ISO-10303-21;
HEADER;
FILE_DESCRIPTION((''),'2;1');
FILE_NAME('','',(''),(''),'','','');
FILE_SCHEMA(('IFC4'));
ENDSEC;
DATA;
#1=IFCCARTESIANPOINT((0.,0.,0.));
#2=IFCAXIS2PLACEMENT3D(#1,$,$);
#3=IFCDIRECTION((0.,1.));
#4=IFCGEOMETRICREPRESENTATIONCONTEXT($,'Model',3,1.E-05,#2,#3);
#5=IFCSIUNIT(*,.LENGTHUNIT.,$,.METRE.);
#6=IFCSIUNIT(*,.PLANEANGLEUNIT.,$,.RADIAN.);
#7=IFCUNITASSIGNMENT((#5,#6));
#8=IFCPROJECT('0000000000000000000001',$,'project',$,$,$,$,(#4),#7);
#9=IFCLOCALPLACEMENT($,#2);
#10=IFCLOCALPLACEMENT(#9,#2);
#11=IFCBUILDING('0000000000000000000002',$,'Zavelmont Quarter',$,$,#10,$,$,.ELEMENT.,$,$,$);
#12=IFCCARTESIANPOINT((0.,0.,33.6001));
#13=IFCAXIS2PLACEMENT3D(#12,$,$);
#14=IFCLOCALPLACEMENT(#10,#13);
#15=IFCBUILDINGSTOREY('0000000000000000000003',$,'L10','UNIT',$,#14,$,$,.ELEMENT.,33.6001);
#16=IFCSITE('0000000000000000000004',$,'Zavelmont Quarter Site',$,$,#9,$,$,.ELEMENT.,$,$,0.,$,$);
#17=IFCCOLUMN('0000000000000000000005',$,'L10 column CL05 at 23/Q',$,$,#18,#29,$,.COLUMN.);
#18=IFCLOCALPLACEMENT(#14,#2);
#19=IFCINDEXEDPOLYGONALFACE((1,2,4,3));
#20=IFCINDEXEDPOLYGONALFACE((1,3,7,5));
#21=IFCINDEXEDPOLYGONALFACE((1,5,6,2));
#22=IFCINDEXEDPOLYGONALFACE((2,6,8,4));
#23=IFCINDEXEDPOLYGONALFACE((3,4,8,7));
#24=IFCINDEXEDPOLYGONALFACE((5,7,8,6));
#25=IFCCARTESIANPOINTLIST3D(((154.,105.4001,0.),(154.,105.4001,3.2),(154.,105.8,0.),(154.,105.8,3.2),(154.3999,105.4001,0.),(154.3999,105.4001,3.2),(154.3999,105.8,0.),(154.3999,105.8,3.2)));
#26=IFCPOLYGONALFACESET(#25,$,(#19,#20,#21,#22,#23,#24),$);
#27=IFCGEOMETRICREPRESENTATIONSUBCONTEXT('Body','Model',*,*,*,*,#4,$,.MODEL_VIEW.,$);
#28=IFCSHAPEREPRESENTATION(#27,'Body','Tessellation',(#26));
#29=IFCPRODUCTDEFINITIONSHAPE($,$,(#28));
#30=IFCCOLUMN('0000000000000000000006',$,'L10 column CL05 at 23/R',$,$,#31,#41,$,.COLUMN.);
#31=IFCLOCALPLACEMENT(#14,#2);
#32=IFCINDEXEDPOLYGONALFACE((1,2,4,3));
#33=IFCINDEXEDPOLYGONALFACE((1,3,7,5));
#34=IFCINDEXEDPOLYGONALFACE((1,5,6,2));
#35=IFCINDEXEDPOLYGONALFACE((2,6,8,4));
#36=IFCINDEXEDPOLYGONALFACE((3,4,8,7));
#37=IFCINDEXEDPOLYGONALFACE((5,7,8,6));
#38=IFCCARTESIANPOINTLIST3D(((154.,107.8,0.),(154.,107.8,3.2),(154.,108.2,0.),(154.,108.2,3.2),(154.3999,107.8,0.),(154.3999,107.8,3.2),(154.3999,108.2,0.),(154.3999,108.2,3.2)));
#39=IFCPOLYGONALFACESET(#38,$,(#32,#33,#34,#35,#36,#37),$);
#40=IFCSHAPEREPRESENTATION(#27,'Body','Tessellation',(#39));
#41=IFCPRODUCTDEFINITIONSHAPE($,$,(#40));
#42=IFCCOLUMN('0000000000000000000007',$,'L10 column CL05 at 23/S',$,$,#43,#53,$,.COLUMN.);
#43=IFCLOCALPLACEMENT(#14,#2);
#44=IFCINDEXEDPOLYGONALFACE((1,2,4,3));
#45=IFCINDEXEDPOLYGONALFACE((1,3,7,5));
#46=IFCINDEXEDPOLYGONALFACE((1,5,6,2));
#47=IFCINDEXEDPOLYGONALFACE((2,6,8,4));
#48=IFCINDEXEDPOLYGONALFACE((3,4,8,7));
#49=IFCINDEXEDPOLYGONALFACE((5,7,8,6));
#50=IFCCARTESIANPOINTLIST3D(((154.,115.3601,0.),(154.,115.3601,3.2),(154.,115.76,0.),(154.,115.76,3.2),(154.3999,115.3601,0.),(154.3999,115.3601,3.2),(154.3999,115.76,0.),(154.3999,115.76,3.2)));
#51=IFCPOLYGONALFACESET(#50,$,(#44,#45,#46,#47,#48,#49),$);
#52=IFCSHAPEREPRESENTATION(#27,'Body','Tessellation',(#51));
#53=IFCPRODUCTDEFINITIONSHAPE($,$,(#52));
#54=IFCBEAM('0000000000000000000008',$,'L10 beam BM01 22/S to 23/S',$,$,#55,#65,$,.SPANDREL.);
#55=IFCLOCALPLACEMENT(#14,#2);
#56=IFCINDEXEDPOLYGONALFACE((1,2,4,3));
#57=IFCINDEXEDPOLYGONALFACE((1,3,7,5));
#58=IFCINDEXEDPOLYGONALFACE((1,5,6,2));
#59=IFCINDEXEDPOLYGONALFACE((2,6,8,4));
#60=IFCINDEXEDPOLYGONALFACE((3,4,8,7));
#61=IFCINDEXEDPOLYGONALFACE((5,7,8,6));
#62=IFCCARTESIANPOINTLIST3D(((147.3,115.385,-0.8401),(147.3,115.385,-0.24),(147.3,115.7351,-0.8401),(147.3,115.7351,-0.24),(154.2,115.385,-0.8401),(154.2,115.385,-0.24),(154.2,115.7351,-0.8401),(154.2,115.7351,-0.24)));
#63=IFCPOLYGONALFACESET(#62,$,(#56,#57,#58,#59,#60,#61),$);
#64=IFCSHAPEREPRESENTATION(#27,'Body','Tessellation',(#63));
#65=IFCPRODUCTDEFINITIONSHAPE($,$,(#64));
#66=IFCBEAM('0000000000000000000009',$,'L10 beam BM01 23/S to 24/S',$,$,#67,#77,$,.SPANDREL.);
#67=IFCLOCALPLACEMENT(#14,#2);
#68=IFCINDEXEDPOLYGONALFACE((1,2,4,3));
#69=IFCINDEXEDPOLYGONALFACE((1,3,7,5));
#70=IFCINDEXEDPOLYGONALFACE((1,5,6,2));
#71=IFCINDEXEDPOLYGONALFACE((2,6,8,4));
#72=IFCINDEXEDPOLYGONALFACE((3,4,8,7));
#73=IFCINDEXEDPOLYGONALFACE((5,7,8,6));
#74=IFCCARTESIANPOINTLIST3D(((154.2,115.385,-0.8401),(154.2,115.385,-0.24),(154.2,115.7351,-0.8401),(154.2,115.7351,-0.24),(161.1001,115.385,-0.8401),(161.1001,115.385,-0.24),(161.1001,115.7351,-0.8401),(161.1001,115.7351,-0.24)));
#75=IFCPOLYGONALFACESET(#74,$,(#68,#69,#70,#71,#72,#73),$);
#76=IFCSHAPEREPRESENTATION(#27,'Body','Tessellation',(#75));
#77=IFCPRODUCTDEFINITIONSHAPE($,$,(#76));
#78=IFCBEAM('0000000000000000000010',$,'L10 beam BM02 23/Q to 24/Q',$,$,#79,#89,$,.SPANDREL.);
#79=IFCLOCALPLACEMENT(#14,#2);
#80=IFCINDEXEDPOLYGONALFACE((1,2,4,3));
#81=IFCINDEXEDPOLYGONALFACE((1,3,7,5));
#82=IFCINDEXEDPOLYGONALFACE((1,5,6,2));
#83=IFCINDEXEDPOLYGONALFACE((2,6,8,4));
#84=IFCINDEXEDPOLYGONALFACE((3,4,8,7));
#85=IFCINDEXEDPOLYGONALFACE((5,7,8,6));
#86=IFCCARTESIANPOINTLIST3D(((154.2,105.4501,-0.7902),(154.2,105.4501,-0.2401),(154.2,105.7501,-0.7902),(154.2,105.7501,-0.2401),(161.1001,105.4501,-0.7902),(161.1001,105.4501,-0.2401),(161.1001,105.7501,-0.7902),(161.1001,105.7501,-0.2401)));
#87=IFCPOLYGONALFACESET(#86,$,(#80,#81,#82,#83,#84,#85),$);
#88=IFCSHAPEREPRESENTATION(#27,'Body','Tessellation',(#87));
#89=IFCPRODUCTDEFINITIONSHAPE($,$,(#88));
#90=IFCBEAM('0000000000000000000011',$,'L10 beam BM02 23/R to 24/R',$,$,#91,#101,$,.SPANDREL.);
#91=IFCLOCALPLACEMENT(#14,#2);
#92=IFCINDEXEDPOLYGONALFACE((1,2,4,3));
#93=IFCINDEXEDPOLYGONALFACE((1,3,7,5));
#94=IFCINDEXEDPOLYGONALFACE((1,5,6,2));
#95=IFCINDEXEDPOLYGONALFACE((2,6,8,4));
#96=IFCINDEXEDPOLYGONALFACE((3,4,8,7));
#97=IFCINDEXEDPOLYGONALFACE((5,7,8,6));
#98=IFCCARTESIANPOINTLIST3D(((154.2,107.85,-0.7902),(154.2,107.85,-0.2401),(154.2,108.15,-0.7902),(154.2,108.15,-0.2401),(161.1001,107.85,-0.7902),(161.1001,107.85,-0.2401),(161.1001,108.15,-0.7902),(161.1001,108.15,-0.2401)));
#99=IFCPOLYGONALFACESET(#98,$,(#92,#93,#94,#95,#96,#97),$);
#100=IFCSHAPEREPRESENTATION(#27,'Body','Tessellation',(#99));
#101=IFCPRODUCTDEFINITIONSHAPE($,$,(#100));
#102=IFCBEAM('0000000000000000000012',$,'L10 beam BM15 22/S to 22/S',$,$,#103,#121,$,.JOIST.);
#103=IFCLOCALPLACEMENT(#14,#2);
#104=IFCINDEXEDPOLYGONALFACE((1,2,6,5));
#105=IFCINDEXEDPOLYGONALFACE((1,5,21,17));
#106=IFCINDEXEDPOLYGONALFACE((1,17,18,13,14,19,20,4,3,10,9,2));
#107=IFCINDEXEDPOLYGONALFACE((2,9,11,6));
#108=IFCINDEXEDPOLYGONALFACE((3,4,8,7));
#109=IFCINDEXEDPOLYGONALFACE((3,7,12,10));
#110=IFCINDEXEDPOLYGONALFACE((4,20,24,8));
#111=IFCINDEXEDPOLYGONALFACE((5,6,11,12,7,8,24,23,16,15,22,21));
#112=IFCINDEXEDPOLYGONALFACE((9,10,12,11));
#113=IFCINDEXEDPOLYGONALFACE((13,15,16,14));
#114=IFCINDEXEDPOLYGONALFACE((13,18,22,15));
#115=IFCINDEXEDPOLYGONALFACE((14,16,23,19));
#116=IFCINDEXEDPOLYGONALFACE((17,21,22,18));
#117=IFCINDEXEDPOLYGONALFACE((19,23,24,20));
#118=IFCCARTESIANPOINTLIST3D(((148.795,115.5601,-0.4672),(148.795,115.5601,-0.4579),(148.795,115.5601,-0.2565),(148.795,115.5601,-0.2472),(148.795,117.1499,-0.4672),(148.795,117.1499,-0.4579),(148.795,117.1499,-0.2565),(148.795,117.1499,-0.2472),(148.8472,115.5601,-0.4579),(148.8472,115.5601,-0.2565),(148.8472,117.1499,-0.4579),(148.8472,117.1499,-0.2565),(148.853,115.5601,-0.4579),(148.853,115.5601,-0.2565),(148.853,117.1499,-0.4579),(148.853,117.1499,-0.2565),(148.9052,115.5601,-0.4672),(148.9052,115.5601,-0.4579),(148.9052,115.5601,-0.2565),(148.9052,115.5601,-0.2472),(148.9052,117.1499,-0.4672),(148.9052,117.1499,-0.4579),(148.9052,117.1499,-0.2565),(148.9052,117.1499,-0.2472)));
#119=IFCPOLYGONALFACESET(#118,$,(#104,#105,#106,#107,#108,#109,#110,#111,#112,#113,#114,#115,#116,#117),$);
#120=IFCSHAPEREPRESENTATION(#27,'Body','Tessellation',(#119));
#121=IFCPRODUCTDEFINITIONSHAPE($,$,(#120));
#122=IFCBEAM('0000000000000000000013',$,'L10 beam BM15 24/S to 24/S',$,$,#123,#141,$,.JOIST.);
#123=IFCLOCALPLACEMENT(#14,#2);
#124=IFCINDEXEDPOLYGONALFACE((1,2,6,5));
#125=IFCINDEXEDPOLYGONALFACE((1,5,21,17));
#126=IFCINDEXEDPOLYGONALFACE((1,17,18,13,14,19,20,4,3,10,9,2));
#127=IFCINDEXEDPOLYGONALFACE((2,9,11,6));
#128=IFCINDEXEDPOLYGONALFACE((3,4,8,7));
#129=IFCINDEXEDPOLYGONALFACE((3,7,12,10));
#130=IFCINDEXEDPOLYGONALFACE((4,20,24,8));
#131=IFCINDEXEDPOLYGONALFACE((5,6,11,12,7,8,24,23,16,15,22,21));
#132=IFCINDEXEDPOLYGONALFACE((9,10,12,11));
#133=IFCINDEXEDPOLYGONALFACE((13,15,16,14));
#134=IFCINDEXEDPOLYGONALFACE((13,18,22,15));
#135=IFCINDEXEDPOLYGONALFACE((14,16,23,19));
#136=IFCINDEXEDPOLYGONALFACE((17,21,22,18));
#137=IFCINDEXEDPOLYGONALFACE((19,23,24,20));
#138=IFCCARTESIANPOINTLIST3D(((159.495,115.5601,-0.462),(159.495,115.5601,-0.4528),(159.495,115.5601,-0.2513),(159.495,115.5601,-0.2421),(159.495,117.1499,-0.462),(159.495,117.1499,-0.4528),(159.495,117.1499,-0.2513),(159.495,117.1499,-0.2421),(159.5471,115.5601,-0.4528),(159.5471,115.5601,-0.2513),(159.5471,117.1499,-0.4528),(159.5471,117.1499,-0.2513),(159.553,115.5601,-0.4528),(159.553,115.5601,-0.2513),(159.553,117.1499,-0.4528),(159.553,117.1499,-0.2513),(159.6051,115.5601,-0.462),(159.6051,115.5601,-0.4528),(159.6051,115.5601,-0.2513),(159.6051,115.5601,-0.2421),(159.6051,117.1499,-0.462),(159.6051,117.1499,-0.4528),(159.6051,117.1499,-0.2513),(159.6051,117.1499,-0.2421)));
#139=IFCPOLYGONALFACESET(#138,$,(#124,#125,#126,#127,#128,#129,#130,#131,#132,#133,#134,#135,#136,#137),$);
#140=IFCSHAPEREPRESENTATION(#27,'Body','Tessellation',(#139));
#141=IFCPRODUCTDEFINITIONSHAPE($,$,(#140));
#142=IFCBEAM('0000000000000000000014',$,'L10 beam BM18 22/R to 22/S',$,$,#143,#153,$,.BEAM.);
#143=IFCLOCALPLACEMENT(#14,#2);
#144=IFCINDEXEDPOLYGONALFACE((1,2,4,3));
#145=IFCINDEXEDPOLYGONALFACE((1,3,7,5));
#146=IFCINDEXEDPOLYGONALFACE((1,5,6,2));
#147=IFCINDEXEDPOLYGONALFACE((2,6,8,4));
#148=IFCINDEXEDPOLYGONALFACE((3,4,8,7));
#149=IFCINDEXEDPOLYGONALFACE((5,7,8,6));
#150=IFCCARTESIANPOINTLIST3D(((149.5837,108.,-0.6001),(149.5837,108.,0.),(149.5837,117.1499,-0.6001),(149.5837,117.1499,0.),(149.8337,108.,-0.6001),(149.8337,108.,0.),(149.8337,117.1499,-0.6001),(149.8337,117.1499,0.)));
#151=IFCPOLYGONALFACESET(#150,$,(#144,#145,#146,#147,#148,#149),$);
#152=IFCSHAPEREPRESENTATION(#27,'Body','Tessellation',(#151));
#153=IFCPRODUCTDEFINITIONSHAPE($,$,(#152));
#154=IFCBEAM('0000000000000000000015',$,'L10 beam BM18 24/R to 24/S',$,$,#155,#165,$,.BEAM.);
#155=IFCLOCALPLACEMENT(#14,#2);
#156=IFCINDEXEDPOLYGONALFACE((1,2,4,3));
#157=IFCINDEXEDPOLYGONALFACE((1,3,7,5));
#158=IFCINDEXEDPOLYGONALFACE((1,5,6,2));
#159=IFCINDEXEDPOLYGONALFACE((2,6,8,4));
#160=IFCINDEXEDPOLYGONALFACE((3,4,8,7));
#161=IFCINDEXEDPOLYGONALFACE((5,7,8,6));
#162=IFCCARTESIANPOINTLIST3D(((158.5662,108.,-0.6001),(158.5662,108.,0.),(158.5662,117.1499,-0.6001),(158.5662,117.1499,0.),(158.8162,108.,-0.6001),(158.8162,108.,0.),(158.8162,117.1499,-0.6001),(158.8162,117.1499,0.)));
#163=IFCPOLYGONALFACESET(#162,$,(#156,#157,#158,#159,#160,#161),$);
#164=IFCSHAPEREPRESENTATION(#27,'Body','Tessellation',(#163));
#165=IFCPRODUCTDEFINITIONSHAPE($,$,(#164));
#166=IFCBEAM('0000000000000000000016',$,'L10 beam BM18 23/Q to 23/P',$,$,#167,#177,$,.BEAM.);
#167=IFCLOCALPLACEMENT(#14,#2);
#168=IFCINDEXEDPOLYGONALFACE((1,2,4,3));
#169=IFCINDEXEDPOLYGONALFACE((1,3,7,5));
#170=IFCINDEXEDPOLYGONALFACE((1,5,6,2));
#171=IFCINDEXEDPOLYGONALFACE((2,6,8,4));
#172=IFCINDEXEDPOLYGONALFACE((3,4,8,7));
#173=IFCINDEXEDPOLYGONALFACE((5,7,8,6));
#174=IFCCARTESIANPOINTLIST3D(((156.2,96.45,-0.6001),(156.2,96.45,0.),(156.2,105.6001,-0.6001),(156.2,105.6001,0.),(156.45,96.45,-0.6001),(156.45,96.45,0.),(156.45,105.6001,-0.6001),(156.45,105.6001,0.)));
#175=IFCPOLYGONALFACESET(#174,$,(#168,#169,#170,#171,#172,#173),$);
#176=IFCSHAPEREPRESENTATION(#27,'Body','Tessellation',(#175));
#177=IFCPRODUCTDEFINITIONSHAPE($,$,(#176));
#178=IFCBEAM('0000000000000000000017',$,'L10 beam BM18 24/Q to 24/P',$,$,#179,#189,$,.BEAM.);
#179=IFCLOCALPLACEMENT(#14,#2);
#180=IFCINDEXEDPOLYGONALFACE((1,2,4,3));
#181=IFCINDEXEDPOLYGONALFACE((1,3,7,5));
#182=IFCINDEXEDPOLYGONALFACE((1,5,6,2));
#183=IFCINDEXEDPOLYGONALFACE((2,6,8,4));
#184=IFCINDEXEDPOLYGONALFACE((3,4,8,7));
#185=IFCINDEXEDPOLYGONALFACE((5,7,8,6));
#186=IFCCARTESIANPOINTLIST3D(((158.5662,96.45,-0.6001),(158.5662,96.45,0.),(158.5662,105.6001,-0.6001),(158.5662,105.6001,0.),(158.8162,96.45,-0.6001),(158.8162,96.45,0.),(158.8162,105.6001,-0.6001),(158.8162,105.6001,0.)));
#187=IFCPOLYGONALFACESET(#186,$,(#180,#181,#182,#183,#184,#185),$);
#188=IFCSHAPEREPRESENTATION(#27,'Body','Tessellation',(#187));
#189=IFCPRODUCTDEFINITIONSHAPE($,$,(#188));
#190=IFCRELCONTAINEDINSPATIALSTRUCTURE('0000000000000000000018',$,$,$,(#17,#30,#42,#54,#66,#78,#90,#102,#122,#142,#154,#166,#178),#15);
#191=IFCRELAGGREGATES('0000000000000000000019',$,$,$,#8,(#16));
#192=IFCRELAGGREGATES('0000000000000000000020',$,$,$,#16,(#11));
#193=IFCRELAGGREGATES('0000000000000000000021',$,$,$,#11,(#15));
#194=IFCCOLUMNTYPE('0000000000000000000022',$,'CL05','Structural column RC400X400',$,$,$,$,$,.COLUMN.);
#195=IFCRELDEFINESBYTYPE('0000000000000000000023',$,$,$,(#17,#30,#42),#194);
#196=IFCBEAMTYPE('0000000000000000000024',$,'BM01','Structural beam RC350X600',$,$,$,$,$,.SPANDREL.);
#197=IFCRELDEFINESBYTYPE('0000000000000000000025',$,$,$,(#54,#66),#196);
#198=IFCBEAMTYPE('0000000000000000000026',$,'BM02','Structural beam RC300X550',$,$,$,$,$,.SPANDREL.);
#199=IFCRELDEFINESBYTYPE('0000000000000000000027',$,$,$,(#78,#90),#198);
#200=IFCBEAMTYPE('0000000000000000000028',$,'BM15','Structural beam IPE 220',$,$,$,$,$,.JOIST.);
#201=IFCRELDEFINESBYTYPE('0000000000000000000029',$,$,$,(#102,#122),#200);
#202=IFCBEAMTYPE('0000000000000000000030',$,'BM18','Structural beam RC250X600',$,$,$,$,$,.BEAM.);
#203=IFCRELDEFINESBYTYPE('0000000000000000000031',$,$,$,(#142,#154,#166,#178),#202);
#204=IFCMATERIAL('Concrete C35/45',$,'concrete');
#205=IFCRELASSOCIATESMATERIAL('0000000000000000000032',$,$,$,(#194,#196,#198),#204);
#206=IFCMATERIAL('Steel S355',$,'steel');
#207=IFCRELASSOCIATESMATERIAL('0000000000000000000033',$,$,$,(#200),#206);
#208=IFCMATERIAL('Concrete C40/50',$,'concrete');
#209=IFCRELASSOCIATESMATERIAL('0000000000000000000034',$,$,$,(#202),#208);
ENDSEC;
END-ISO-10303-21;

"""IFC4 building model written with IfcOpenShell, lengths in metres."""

from ifc_helpers import new_model, si_unit, direction, frame, origin, origin_2d, place, context, subcontext, project, spatial, rectangle, i_section, extrude, material, material_profile, profile_set, type_object, element, save


model = new_model("IFC4")

# Units and contexts
model_context = context("Model", 3, precision=1e-05, world=origin(), true_north=direction((0.0, 1.0)))
body_context = subcontext(model_context, "Body", "Model", "MODEL_VIEW")
ifc_project = project(units=[si_unit("LENGTHUNIT", "METRE"), si_unit("PLANEANGLEUNIT", "RADIAN")], contexts=[model_context])

# Site, building, storey
site_placement = place(None, origin())
site = spatial("IfcSite", under=ifc_project, at=site_placement, Name="Zavelmont Quarter Site", CompositionType="ELEMENT", RefElevation=0.0)
building_placement = place(site_placement, origin())
building = spatial("IfcBuilding", under=site, at=building_placement, Name="Zavelmont Quarter", CompositionType="ELEMENT")
storey_placement = place(building_placement, frame((0.0, 0.0, 33.6001)))
storey = spatial("IfcBuildingStorey", under=building, at=storey_placement, Name="L10", Description="UNIT", CompositionType="ELEMENT", Elevation=33.6001)

# Columns
ifc_material_1 = material(Name="Concrete C35/45", Category="concrete")
ifc_material_profile_1 = material_profile(ifc_material_1, rectangle(XDim=0.3999, YDim=0.3999, at=origin_2d()), Name="RC400X400")
ifc_profile_set_1 = profile_set([ifc_material_profile_1], Name="Concrete C35/45")
column_type = type_object("IfcColumnType", Name="CL05", Description="Structural column RC400X400", PredefinedType="COLUMN", material=ifc_profile_set_1)
for number, where, z_axis, x_axis, name in (
    (1, (154.2, 105.6001, 0.0), (0.0, 0.0, 1.0), (1.0, 0.0, 0.0), "L10 column CL05 at 23/Q"),
    (2, (154.2, 108.0, 0.0), (0.0, 0.0, 1.0), (1.0, 0.0, 0.0), "L10 column CL05 at 23/R"),
    (3, (154.2, 115.5601, 0.0), (0.0, 0.0, 1.0), (1.0, 0.0, 0.0), "L10 column CL05 at 23/S"),
):
    element("IfcColumn", number, at=place(storey_placement, frame(where, z_axis=z_axis, x_axis=x_axis)), inside=storey, type_object=column_type, Name=name, PredefinedType="COLUMN", context=body_context, shape_type="SweptSolid", body=[
        extrude(rectangle(XDim=0.3999, YDim=0.3999, at=origin_2d()), origin(), (0.0, 0.0, 1.0), 3.2),
    ])

# Beams
ifc_material_profile_2 = material_profile(ifc_material_1, rectangle(XDim=0.3501, YDim=0.6001, at=origin_2d()), Name="RC350X600")
ifc_profile_set_2 = profile_set([ifc_material_profile_2], Name="Concrete C35/45")
beam_type_1 = type_object("IfcBeamType", Name="BM01", Description="Structural beam RC350X600", PredefinedType="SPANDREL", material=ifc_profile_set_2)
beam_1_placement = place(storey_placement, frame((147.3, 115.5601, -0.54), z_axis=(1.0, 0.0, 0.0), x_axis=(0.0, 1.0, 0.0)))
element("IfcBeam", 4, at=beam_1_placement, inside=storey, type_object=beam_type_1, Name="L10 beam BM01 22/S to 23/S", PredefinedType="SPANDREL", context=body_context, shape_type="SweptSolid", body=[
    extrude(rectangle(XDim=0.3501, YDim=0.6001, at=origin_2d()), origin(), (0.0, 0.0, 1.0), 6.8999),
])
beam_2_placement = place(storey_placement, frame((154.2, 115.5601, -0.54), z_axis=(1.0, 0.0, 0.0), x_axis=(0.0, 1.0, 0.0)))
element("IfcBeam", 5, at=beam_2_placement, inside=storey, type_object=beam_type_1, Name="L10 beam BM01 23/S to 24/S", PredefinedType="SPANDREL", context=body_context, shape_type="SweptSolid", body=[
    extrude(rectangle(XDim=0.3501, YDim=0.6001, at=origin_2d()), origin(), (0.0, 0.0, 1.0), 6.9001),
])
ifc_material_profile_3 = material_profile(ifc_material_1, rectangle(XDim=0.3, YDim=0.55, at=origin_2d()), Name="RC300X550")
ifc_profile_set_3 = profile_set([ifc_material_profile_3], Name="Concrete C35/45")
beam_type_2 = type_object("IfcBeamType", Name="BM02", Description="Structural beam RC300X550", PredefinedType="SPANDREL", material=ifc_profile_set_3)
for number, where, z_axis, x_axis, name in (
    (6, (154.2, 105.6001, -0.5151), (1.0, 0.0, 0.0), (0.0, 1.0, 0.0), "L10 beam BM02 23/Q to 24/Q"),
    (7, (154.2, 108.0, -0.5151), (1.0, 0.0, 0.0), (0.0, 1.0, 0.0), "L10 beam BM02 23/R to 24/R"),
):
    element("IfcBeam", number, at=place(storey_placement, frame(where, z_axis=z_axis, x_axis=x_axis)), inside=storey, type_object=beam_type_2, Name=name, PredefinedType="SPANDREL", context=body_context, shape_type="SweptSolid", body=[
        extrude(rectangle(XDim=0.3, YDim=0.55, at=origin_2d()), origin(), (0.0, 0.0, 1.0), 6.9001),
    ])
ifc_material_2 = material(Name="Steel S355", Category="steel")
ifc_material_profile_4 = material_profile(ifc_material_2, i_section(OverallWidth=0.1101, OverallDepth=0.22, WebThickness=0.0059, FlangeThickness=0.0093, at=origin_2d()), Name="IPE 220")
ifc_profile_set_4 = profile_set([ifc_material_profile_4], Name="Steel S355")
beam_type_3 = type_object("IfcBeamType", Name="BM15", Description="Structural beam IPE 220", PredefinedType="JOIST", material=ifc_profile_set_4)
for number, where, z_axis, x_axis, name in (
    (8, (148.8501, 115.5601, -0.3572), (0.0, 1.0, 0.0), (-1.0, 0.0, 0.0), "L10 beam BM15 22/S to 22/S"),
    (9, (159.55, 115.5601, -0.3521), (0.0, 1.0, 0.0), (-1.0, 0.0, 0.0), "L10 beam BM15 24/S to 24/S"),
):
    element("IfcBeam", number, at=place(storey_placement, frame(where, z_axis=z_axis, x_axis=x_axis)), inside=storey, type_object=beam_type_3, Name=name, PredefinedType="JOIST", context=body_context, shape_type="SweptSolid", body=[
        extrude(i_section(OverallWidth=0.1101, OverallDepth=0.22, WebThickness=0.0059, FlangeThickness=0.0093, at=origin_2d()), origin(), (0.0, 0.0, 1.0), 1.5898),
    ])
ifc_material_3 = material(Name="Concrete C40/50", Category="concrete")
ifc_material_profile_5 = material_profile(ifc_material_3, rectangle(XDim=0.25, YDim=0.6001, at=origin_2d()), Name="RC250X600")
ifc_profile_set_5 = profile_set([ifc_material_profile_5], Name="Concrete C40/50")
beam_type_4 = type_object("IfcBeamType", Name="BM18", Description="Structural beam RC250X600", PredefinedType="BEAM", material=ifc_profile_set_5)
for number, where, z_axis, x_axis, name in (
    (10, (149.7087, 108.0, -0.3), (0.0, 1.0, 0.0), (-1.0, 0.0, 0.0), "L10 beam BM18 22/R to 22/S"),
    (11, (158.6912, 108.0, -0.3), (0.0, 1.0, 0.0), (-1.0, 0.0, 0.0), "L10 beam BM18 24/R to 24/S"),
):
    element("IfcBeam", number, at=place(storey_placement, frame(where, z_axis=z_axis, x_axis=x_axis)), inside=storey, type_object=beam_type_4, Name=name, PredefinedType="BEAM", context=body_context, shape_type="SweptSolid", body=[
        extrude(rectangle(XDim=0.25, YDim=0.6001, at=origin_2d()), origin(), (0.0, 0.0, 1.0), 9.1499),
    ])
for number, where, z_axis, x_axis, name in (
    (12, (156.325, 105.6001, -0.3), (0.0, -1.0, 0.0), (1.0, 0.0, 0.0), "L10 beam BM18 23/Q to 23/P"),
    (13, (158.6912, 105.6001, -0.3), (0.0, -1.0, 0.0), (1.0, 0.0, 0.0), "L10 beam BM18 24/Q to 24/P"),
):
    element("IfcBeam", number, at=place(storey_placement, frame(where, z_axis=z_axis, x_axis=x_axis)), inside=storey, type_object=beam_type_4, Name=name, PredefinedType="BEAM", context=body_context, shape_type="SweptSolid", body=[
        extrude(rectangle(XDim=0.25, YDim=0.6001, at=origin_2d()), origin(), (0.0, 0.0, 1.0), 9.1501),
    ])

save(model, "model.ifc")
